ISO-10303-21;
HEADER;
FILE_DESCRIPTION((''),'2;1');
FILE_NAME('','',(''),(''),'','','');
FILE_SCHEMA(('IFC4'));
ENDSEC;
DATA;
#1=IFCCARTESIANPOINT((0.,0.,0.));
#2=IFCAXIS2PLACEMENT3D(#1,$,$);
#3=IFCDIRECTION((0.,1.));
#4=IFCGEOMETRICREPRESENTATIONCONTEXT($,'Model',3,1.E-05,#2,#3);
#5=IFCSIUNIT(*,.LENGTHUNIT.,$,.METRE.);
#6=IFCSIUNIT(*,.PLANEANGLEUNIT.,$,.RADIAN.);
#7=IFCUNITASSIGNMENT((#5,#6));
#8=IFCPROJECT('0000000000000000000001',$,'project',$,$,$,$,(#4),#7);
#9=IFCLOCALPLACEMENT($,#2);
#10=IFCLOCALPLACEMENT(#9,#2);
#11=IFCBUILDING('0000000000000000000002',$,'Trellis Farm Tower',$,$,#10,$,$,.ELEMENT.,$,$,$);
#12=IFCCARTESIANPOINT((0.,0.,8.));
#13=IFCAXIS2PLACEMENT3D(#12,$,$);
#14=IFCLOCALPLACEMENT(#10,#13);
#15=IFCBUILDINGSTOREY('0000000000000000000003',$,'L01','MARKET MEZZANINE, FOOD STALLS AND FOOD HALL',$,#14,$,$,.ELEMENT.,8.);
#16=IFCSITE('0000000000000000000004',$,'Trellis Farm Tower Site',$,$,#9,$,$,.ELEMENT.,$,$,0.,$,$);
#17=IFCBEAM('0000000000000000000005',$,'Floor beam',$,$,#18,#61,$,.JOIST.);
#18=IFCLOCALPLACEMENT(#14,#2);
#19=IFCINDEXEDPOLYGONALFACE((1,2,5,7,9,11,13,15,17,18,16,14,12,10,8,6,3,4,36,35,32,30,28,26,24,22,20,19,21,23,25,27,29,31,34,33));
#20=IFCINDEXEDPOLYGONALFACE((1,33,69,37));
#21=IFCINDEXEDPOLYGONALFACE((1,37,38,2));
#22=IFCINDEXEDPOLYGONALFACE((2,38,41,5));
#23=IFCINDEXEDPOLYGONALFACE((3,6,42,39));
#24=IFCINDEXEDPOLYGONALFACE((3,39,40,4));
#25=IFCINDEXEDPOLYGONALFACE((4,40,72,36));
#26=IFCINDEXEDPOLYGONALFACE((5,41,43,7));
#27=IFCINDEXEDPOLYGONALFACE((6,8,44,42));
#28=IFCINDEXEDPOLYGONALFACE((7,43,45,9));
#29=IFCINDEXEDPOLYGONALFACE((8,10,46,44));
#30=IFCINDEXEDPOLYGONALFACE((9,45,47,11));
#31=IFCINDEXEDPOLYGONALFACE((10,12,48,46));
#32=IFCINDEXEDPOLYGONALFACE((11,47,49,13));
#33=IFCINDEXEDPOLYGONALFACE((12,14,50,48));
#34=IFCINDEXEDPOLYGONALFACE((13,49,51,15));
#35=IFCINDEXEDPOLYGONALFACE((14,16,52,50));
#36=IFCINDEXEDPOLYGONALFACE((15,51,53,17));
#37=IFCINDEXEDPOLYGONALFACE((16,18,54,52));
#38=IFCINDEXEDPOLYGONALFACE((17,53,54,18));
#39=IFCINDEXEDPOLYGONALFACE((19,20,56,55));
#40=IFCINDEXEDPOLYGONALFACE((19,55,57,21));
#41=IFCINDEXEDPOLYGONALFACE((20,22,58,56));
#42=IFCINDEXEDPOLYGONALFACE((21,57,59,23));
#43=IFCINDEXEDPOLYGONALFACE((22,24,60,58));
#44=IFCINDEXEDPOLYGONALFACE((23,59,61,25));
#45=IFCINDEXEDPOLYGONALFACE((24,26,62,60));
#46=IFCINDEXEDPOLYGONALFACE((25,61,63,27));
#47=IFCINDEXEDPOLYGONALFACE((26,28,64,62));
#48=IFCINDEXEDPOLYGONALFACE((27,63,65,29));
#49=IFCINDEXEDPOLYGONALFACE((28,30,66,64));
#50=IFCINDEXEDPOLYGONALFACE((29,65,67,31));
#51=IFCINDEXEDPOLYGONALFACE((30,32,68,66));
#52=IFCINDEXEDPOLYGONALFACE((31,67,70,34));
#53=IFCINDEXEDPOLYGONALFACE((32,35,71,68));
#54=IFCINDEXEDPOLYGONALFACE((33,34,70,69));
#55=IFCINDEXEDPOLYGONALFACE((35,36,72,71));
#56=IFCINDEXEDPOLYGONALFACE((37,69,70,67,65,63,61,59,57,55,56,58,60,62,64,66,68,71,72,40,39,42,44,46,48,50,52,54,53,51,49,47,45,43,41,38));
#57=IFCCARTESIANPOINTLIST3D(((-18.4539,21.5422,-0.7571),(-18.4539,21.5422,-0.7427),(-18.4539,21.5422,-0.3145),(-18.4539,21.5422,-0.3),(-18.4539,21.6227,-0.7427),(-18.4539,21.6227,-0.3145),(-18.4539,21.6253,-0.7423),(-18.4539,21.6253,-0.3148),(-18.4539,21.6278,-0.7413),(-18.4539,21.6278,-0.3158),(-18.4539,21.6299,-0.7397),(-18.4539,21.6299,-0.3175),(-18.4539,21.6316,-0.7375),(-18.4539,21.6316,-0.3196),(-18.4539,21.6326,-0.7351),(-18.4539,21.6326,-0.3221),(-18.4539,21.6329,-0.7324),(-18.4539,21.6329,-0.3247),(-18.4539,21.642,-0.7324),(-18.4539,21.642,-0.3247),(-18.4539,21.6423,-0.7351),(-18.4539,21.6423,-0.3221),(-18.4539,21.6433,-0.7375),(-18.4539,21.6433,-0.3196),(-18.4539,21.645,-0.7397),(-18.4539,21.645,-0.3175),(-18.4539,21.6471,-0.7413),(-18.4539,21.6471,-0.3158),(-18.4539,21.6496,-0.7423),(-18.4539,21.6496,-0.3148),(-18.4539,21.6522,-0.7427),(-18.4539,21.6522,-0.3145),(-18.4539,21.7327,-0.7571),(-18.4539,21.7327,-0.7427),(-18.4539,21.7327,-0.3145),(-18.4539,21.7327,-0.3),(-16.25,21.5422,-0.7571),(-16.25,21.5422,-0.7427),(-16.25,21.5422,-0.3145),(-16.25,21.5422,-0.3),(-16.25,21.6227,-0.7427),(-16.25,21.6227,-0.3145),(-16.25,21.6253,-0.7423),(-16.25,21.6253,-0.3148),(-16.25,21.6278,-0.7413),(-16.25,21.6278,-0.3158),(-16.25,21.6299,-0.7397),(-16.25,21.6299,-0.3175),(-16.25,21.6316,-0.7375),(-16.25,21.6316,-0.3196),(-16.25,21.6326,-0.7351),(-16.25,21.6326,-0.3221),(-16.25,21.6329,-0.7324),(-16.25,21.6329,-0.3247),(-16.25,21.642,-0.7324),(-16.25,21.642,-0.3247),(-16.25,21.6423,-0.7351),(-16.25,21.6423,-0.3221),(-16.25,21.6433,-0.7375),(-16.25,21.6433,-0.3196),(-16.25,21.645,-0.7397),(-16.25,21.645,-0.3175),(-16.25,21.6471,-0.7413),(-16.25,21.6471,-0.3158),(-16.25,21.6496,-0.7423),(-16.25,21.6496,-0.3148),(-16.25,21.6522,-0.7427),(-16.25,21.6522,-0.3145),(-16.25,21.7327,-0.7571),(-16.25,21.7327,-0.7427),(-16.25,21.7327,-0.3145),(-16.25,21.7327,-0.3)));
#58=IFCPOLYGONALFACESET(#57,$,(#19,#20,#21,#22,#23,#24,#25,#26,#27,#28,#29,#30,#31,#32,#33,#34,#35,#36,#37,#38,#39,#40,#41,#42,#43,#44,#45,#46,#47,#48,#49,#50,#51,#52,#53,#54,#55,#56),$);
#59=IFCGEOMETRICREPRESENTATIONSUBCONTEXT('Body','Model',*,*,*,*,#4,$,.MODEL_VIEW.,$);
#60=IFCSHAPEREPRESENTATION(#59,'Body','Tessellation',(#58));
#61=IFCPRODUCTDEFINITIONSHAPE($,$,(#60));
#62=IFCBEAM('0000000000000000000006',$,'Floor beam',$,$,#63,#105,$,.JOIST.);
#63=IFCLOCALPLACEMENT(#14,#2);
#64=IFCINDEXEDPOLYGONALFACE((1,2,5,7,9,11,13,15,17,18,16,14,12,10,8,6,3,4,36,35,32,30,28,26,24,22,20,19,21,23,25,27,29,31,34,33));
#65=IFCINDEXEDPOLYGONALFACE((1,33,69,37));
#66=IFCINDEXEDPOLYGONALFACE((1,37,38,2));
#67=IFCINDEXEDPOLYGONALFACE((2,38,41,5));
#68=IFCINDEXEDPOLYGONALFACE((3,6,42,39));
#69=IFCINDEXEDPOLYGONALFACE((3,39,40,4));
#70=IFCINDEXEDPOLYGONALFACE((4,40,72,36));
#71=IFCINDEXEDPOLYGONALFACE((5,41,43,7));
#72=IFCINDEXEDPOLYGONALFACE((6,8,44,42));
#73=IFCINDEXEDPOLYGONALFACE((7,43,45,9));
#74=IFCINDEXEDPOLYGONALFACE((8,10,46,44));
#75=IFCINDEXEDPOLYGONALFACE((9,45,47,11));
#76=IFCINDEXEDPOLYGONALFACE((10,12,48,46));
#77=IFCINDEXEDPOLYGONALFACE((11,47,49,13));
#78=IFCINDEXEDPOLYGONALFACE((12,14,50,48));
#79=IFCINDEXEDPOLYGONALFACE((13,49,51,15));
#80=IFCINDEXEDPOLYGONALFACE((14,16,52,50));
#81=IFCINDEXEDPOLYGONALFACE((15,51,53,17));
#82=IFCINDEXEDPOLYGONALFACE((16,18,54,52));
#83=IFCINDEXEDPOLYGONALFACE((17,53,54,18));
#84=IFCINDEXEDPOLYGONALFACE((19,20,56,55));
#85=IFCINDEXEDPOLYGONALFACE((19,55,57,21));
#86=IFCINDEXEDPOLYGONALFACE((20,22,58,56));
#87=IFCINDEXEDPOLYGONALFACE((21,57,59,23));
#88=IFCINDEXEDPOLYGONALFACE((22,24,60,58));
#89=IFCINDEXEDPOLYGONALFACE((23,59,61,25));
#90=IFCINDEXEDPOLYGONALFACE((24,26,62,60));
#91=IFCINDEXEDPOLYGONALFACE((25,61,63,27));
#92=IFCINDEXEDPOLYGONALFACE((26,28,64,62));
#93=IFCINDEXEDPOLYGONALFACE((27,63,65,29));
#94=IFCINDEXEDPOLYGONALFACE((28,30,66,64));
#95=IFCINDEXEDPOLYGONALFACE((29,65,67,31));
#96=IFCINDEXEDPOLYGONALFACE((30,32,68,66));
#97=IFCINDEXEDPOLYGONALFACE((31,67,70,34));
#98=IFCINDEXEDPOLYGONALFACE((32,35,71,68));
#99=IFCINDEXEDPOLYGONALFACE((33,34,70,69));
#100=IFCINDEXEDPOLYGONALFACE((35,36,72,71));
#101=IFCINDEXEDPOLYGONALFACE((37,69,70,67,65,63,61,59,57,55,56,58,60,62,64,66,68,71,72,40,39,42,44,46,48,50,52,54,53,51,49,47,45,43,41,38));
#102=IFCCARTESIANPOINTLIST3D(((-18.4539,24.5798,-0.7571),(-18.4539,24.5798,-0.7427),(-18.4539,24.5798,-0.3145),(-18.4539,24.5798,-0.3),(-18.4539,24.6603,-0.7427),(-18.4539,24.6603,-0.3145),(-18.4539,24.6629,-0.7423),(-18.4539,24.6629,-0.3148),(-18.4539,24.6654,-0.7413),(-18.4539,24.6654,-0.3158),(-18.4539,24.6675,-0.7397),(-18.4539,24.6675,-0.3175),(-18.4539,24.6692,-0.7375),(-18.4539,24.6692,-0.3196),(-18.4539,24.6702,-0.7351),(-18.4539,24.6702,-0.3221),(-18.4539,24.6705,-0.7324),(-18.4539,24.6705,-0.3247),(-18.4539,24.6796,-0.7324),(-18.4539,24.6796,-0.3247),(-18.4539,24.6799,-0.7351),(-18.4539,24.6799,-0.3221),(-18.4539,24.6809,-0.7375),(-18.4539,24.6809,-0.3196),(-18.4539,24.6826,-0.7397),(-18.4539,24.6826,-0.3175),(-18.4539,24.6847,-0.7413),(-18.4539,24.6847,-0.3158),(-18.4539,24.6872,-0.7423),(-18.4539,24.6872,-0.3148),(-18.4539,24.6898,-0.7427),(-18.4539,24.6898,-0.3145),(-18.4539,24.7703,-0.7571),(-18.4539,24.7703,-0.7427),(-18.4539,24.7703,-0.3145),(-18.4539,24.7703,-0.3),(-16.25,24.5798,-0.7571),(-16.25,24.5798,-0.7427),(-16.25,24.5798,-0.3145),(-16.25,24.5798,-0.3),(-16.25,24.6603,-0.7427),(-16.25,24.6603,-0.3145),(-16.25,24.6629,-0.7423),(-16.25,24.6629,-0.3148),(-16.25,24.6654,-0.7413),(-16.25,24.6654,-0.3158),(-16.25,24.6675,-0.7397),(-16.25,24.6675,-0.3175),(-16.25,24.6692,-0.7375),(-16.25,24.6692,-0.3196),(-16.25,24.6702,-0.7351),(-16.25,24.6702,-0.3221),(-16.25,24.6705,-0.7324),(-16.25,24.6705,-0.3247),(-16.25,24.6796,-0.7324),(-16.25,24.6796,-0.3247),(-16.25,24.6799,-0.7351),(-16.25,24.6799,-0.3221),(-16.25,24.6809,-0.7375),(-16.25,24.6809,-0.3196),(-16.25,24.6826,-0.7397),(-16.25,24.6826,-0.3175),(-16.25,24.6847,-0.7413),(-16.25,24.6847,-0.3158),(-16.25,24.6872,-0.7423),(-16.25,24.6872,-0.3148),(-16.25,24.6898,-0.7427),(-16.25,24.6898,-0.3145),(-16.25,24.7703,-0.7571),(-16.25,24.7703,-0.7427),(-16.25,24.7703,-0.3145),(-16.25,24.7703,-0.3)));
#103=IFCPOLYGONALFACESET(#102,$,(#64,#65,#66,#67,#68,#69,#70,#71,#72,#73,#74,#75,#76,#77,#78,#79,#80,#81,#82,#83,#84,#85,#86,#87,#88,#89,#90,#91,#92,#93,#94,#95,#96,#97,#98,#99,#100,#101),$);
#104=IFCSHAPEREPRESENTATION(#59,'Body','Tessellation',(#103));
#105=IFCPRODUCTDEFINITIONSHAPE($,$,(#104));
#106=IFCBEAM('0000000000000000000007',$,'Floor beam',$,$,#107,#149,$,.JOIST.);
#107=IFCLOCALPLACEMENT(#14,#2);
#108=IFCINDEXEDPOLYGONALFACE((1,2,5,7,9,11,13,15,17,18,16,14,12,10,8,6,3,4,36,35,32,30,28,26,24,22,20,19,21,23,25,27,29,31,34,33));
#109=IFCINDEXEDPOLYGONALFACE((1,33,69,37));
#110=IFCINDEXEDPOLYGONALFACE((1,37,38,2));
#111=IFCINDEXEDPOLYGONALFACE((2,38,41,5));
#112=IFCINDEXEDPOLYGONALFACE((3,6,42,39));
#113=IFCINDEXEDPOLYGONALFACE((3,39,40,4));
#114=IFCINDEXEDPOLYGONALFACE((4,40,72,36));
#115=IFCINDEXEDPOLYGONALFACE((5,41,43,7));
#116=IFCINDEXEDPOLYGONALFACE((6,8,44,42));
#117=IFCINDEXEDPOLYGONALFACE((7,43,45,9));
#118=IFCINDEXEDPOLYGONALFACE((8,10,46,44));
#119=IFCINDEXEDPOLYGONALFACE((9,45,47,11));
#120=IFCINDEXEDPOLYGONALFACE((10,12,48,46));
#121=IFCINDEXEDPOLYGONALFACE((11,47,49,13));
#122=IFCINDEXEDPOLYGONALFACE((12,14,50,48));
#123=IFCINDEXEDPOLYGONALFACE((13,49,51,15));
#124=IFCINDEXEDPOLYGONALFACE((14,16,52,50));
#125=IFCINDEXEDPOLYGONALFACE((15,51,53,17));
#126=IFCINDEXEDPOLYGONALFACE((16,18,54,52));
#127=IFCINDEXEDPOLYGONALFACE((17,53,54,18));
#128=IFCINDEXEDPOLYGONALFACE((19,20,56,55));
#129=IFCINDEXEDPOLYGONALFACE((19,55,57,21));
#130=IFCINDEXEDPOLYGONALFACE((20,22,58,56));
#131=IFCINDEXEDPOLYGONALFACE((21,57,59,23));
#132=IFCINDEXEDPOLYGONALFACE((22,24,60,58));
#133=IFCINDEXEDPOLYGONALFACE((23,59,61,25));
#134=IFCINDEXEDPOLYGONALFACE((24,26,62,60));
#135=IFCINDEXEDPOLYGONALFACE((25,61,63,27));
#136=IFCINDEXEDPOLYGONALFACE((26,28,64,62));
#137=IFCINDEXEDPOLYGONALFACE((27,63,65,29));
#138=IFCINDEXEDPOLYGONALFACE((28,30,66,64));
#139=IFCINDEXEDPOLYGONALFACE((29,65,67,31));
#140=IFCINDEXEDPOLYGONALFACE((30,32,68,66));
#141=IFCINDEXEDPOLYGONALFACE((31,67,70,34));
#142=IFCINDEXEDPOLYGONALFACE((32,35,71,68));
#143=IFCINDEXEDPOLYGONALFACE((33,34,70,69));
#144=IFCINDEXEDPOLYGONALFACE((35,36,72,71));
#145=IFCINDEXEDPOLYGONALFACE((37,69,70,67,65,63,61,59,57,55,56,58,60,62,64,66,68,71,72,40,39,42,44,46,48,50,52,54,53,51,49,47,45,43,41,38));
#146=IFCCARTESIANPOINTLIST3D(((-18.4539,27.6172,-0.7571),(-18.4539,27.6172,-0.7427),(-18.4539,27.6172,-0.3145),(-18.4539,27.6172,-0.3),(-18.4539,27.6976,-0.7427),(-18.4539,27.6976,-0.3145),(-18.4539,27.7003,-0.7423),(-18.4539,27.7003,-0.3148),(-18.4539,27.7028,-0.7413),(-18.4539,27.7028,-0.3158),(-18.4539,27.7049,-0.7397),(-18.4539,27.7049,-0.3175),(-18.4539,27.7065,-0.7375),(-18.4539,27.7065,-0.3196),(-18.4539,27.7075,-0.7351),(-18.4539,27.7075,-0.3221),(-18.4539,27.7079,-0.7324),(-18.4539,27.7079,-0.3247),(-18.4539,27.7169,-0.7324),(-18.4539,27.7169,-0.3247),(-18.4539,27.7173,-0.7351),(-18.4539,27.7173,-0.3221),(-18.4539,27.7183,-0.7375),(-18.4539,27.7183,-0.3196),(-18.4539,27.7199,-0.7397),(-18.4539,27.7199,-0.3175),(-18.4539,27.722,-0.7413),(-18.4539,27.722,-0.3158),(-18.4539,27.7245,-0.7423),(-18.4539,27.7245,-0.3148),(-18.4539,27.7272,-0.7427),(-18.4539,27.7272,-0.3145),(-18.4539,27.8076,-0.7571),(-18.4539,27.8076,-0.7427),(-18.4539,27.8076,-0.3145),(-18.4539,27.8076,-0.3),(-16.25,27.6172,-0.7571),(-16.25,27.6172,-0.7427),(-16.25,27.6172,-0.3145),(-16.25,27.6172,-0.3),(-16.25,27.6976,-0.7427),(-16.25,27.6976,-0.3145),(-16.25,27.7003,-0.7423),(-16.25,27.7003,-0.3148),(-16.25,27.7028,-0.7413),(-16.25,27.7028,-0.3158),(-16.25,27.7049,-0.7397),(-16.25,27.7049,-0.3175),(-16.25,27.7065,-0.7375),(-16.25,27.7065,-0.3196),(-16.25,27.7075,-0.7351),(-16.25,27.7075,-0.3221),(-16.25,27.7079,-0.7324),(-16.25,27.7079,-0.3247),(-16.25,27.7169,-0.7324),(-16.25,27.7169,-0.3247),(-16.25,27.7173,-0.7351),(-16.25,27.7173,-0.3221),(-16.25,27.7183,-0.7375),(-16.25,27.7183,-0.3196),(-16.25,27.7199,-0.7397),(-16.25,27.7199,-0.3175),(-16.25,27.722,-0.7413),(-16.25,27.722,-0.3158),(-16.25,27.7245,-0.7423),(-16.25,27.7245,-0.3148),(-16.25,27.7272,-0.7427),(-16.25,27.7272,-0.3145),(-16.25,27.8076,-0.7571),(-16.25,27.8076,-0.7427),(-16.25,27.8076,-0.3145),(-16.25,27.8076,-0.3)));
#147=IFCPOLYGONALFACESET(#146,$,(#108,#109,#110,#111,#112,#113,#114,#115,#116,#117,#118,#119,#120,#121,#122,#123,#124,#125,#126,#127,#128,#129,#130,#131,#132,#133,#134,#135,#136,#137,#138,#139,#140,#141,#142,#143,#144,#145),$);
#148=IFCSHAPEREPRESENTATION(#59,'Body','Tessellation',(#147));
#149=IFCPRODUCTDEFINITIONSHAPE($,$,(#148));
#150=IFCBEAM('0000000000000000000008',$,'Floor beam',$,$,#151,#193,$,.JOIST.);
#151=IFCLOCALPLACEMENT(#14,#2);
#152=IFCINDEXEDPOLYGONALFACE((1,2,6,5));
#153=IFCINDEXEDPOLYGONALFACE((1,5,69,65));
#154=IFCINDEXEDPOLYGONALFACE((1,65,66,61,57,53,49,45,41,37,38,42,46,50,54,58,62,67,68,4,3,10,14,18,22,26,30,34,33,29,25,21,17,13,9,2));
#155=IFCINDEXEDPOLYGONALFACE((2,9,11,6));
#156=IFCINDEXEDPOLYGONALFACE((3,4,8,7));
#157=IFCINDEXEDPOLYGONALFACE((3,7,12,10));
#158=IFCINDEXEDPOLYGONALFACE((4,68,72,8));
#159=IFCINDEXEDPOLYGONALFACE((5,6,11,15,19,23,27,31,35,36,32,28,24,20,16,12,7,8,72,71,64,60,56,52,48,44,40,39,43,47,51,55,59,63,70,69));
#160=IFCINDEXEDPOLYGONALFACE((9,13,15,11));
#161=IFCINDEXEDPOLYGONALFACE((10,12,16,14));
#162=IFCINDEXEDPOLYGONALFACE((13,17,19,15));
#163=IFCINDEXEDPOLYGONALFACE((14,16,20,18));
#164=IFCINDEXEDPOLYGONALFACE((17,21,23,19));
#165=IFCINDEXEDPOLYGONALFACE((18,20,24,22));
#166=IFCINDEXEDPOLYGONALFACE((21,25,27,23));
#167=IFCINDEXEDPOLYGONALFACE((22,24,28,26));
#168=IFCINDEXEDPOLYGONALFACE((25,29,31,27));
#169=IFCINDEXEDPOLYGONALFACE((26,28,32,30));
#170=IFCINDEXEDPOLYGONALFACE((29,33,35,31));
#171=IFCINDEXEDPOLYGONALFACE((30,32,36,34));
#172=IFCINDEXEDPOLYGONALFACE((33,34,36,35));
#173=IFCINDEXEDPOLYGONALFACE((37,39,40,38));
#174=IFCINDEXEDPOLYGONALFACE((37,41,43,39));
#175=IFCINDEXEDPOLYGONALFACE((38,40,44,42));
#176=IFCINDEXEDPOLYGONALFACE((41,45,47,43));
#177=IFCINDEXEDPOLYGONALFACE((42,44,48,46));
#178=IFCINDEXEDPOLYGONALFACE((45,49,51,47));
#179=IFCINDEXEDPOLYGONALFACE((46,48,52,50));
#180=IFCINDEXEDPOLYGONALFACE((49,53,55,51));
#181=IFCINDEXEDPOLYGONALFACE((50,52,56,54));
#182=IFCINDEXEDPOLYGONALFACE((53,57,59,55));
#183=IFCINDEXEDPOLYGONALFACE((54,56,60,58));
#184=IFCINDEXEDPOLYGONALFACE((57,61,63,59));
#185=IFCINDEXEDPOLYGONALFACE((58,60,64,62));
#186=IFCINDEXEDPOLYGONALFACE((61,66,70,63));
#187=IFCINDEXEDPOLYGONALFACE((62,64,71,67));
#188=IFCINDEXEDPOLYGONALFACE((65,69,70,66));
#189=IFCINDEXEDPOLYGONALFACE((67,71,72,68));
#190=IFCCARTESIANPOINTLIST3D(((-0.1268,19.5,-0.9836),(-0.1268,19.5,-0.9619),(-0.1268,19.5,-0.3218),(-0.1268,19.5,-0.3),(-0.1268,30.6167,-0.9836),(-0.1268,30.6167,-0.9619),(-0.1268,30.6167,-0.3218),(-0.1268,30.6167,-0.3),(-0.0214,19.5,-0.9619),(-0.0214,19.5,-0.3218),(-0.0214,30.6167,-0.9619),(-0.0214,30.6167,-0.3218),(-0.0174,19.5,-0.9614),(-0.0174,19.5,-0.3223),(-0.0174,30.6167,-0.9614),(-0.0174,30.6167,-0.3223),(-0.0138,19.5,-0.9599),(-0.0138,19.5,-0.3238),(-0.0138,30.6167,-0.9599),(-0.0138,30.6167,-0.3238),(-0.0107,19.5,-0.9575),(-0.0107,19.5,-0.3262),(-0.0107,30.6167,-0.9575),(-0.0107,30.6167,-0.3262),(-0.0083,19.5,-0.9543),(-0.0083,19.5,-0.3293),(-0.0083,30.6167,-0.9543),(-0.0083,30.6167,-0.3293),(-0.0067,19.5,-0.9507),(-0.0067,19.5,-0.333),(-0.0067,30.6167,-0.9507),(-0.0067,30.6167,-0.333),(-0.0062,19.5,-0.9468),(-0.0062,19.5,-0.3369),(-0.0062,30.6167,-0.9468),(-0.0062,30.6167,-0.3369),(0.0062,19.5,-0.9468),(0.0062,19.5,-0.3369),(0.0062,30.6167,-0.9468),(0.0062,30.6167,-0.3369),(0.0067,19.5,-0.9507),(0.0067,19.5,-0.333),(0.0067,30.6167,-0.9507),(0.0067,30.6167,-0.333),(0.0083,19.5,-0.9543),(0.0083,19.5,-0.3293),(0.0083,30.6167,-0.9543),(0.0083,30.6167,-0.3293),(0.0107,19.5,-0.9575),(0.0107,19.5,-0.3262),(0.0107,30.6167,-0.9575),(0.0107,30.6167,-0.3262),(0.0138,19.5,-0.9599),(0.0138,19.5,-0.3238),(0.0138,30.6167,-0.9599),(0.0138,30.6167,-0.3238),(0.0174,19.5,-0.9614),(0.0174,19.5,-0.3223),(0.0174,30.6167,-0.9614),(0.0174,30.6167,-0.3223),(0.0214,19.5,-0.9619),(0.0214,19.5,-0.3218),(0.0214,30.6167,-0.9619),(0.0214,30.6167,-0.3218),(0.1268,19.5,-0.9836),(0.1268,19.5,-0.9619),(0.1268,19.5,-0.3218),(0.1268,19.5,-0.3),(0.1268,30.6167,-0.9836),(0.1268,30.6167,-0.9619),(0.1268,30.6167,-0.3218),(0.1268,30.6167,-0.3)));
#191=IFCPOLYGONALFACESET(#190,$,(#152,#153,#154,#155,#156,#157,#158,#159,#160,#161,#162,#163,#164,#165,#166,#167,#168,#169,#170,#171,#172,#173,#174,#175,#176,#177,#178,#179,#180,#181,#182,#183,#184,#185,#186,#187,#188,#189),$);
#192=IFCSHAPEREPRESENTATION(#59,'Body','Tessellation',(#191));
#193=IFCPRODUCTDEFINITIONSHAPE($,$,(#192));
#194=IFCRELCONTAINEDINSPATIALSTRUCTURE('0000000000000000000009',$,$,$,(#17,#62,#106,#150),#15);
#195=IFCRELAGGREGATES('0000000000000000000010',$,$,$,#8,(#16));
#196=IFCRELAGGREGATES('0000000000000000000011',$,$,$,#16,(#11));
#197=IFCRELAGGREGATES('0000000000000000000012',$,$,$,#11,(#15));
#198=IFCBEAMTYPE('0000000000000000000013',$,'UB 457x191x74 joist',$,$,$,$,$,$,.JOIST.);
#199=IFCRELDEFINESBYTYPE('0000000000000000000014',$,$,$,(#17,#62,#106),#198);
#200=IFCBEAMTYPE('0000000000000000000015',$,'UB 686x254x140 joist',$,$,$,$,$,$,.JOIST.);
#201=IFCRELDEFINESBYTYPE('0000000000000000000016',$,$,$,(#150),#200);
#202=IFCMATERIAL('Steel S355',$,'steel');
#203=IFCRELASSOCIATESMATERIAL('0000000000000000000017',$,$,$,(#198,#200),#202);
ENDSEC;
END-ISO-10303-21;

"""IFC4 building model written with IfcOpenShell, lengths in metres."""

from ifc_helpers import new_model, si_unit, direction, frame, origin, origin_2d, place, context, subcontext, project, spatial, i_section, extrude, source, transform, mapped, material, material_profile, profile_set, type_object, element, save


model = new_model("IFC4")

# Units and contexts
model_context = context("Model", 3, precision=1e-05, world=origin(), true_north=direction((0.0, 1.0)))
body_context = subcontext(model_context, "Body", "Model", "MODEL_VIEW")
ifc_project = project(units=[si_unit("LENGTHUNIT", "METRE"), si_unit("PLANEANGLEUNIT", "RADIAN")], contexts=[model_context])

# Site, building, storey
site_placement = place(None, origin())
site = spatial("IfcSite", under=ifc_project, at=site_placement, Name="Trellis Farm Tower Site", CompositionType="ELEMENT", RefElevation=0.0)
building_placement = place(site_placement, origin())
building = spatial("IfcBuilding", under=site, at=building_placement, Name="Trellis Farm Tower", CompositionType="ELEMENT")
storey_placement = place(building_placement, frame((0.0, 0.0, 8.0)))
storey = spatial("IfcBuildingStorey", under=building, at=storey_placement, Name="L01", Description="MARKET MEZZANINE, FOOD STALLS AND FOOD HALL", CompositionType="ELEMENT", Elevation=8.0)

# Beams
ifc_material_1 = material(Name="Steel S355", Category="steel")
ifc_material_profile_1 = material_profile(ifc_material_1, i_section(OverallWidth=0.1904, OverallDepth=0.457, WebThickness=0.009, FlangeThickness=0.0144, FilletRadius=0.0103, at=origin_2d()), Name="UB 457x191x74")
ifc_profile_set_1 = profile_set([ifc_material_profile_1], Name="Steel S355")
beam_type_1 = type_object("IfcBeamType", Name="UB 457x191x74 joist", PredefinedType="JOIST", material=ifc_profile_set_1)
shared_shape_1 = source(origin(), body_context, "Body", "SweptSolid", [
    extrude(i_section(OverallWidth=0.1904, OverallDepth=0.457, WebThickness=0.009, FlangeThickness=0.0144, FilletRadius=0.0103, at=origin_2d()), origin(), (0.0, 0.0, 1.0), 2.2039),
])
for number, where, z_axis, x_axis, name in (
    (1, (-18.4539, 21.6375, -0.5286), (1.0, 0.0, 0.0), (0.0, 1.0, 0.0), "Floor beam"),
    (2, (-18.4539, 24.675, -0.5286), (1.0, 0.0, 0.0), (0.0, 1.0, 0.0), "Floor beam"),
    (3, (-18.4539, 27.7124, -0.5286), (1.0, 0.0, 0.0), (0.0, 1.0, 0.0), "Floor beam"),
):
    element("IfcBeam", number, at=place(storey_placement, frame(where, z_axis=z_axis, x_axis=x_axis)), inside=storey, type_object=beam_type_1, Name=name, PredefinedType="JOIST", context=body_context, shape_type="MappedRepresentation", body=[
        mapped(shared_shape_1, transform((0.0, 0.0, 0.0))),
    ])
ifc_material_profile_2 = material_profile(ifc_material_1, i_section(OverallWidth=0.2537, OverallDepth=0.6836, WebThickness=0.0125, FlangeThickness=0.0217, FilletRadius=0.0151, at=origin_2d()), Name="UB 686x254x140")
ifc_profile_set_2 = profile_set([ifc_material_profile_2], Name="Steel S355")
beam_type_2 = type_object("IfcBeamType", Name="UB 686x254x140 joist", PredefinedType="JOIST", material=ifc_profile_set_2)
shared_shape_2 = source(origin(), body_context, "Body", "SweptSolid", [
    extrude(i_section(OverallWidth=0.2537, OverallDepth=0.6836, WebThickness=0.0125, FlangeThickness=0.0217, FilletRadius=0.0151, at=origin_2d()), origin(), (0.0, 0.0, 1.0), 11.1167),
])
beam_1_placement = place(storey_placement, frame((0.0, 19.5, -0.6418), z_axis=(0.0, 1.0, 0.0), x_axis=(-1.0, 0.0, 0.0)))
element("IfcBeam", 4, at=beam_1_placement, inside=storey, type_object=beam_type_2, Name="Floor beam", PredefinedType="JOIST", context=body_context, shape_type="MappedRepresentation", body=[
    mapped(shared_shape_2, transform((0.0, 0.0, 0.0))),
])

save(model, "model.ifc")
